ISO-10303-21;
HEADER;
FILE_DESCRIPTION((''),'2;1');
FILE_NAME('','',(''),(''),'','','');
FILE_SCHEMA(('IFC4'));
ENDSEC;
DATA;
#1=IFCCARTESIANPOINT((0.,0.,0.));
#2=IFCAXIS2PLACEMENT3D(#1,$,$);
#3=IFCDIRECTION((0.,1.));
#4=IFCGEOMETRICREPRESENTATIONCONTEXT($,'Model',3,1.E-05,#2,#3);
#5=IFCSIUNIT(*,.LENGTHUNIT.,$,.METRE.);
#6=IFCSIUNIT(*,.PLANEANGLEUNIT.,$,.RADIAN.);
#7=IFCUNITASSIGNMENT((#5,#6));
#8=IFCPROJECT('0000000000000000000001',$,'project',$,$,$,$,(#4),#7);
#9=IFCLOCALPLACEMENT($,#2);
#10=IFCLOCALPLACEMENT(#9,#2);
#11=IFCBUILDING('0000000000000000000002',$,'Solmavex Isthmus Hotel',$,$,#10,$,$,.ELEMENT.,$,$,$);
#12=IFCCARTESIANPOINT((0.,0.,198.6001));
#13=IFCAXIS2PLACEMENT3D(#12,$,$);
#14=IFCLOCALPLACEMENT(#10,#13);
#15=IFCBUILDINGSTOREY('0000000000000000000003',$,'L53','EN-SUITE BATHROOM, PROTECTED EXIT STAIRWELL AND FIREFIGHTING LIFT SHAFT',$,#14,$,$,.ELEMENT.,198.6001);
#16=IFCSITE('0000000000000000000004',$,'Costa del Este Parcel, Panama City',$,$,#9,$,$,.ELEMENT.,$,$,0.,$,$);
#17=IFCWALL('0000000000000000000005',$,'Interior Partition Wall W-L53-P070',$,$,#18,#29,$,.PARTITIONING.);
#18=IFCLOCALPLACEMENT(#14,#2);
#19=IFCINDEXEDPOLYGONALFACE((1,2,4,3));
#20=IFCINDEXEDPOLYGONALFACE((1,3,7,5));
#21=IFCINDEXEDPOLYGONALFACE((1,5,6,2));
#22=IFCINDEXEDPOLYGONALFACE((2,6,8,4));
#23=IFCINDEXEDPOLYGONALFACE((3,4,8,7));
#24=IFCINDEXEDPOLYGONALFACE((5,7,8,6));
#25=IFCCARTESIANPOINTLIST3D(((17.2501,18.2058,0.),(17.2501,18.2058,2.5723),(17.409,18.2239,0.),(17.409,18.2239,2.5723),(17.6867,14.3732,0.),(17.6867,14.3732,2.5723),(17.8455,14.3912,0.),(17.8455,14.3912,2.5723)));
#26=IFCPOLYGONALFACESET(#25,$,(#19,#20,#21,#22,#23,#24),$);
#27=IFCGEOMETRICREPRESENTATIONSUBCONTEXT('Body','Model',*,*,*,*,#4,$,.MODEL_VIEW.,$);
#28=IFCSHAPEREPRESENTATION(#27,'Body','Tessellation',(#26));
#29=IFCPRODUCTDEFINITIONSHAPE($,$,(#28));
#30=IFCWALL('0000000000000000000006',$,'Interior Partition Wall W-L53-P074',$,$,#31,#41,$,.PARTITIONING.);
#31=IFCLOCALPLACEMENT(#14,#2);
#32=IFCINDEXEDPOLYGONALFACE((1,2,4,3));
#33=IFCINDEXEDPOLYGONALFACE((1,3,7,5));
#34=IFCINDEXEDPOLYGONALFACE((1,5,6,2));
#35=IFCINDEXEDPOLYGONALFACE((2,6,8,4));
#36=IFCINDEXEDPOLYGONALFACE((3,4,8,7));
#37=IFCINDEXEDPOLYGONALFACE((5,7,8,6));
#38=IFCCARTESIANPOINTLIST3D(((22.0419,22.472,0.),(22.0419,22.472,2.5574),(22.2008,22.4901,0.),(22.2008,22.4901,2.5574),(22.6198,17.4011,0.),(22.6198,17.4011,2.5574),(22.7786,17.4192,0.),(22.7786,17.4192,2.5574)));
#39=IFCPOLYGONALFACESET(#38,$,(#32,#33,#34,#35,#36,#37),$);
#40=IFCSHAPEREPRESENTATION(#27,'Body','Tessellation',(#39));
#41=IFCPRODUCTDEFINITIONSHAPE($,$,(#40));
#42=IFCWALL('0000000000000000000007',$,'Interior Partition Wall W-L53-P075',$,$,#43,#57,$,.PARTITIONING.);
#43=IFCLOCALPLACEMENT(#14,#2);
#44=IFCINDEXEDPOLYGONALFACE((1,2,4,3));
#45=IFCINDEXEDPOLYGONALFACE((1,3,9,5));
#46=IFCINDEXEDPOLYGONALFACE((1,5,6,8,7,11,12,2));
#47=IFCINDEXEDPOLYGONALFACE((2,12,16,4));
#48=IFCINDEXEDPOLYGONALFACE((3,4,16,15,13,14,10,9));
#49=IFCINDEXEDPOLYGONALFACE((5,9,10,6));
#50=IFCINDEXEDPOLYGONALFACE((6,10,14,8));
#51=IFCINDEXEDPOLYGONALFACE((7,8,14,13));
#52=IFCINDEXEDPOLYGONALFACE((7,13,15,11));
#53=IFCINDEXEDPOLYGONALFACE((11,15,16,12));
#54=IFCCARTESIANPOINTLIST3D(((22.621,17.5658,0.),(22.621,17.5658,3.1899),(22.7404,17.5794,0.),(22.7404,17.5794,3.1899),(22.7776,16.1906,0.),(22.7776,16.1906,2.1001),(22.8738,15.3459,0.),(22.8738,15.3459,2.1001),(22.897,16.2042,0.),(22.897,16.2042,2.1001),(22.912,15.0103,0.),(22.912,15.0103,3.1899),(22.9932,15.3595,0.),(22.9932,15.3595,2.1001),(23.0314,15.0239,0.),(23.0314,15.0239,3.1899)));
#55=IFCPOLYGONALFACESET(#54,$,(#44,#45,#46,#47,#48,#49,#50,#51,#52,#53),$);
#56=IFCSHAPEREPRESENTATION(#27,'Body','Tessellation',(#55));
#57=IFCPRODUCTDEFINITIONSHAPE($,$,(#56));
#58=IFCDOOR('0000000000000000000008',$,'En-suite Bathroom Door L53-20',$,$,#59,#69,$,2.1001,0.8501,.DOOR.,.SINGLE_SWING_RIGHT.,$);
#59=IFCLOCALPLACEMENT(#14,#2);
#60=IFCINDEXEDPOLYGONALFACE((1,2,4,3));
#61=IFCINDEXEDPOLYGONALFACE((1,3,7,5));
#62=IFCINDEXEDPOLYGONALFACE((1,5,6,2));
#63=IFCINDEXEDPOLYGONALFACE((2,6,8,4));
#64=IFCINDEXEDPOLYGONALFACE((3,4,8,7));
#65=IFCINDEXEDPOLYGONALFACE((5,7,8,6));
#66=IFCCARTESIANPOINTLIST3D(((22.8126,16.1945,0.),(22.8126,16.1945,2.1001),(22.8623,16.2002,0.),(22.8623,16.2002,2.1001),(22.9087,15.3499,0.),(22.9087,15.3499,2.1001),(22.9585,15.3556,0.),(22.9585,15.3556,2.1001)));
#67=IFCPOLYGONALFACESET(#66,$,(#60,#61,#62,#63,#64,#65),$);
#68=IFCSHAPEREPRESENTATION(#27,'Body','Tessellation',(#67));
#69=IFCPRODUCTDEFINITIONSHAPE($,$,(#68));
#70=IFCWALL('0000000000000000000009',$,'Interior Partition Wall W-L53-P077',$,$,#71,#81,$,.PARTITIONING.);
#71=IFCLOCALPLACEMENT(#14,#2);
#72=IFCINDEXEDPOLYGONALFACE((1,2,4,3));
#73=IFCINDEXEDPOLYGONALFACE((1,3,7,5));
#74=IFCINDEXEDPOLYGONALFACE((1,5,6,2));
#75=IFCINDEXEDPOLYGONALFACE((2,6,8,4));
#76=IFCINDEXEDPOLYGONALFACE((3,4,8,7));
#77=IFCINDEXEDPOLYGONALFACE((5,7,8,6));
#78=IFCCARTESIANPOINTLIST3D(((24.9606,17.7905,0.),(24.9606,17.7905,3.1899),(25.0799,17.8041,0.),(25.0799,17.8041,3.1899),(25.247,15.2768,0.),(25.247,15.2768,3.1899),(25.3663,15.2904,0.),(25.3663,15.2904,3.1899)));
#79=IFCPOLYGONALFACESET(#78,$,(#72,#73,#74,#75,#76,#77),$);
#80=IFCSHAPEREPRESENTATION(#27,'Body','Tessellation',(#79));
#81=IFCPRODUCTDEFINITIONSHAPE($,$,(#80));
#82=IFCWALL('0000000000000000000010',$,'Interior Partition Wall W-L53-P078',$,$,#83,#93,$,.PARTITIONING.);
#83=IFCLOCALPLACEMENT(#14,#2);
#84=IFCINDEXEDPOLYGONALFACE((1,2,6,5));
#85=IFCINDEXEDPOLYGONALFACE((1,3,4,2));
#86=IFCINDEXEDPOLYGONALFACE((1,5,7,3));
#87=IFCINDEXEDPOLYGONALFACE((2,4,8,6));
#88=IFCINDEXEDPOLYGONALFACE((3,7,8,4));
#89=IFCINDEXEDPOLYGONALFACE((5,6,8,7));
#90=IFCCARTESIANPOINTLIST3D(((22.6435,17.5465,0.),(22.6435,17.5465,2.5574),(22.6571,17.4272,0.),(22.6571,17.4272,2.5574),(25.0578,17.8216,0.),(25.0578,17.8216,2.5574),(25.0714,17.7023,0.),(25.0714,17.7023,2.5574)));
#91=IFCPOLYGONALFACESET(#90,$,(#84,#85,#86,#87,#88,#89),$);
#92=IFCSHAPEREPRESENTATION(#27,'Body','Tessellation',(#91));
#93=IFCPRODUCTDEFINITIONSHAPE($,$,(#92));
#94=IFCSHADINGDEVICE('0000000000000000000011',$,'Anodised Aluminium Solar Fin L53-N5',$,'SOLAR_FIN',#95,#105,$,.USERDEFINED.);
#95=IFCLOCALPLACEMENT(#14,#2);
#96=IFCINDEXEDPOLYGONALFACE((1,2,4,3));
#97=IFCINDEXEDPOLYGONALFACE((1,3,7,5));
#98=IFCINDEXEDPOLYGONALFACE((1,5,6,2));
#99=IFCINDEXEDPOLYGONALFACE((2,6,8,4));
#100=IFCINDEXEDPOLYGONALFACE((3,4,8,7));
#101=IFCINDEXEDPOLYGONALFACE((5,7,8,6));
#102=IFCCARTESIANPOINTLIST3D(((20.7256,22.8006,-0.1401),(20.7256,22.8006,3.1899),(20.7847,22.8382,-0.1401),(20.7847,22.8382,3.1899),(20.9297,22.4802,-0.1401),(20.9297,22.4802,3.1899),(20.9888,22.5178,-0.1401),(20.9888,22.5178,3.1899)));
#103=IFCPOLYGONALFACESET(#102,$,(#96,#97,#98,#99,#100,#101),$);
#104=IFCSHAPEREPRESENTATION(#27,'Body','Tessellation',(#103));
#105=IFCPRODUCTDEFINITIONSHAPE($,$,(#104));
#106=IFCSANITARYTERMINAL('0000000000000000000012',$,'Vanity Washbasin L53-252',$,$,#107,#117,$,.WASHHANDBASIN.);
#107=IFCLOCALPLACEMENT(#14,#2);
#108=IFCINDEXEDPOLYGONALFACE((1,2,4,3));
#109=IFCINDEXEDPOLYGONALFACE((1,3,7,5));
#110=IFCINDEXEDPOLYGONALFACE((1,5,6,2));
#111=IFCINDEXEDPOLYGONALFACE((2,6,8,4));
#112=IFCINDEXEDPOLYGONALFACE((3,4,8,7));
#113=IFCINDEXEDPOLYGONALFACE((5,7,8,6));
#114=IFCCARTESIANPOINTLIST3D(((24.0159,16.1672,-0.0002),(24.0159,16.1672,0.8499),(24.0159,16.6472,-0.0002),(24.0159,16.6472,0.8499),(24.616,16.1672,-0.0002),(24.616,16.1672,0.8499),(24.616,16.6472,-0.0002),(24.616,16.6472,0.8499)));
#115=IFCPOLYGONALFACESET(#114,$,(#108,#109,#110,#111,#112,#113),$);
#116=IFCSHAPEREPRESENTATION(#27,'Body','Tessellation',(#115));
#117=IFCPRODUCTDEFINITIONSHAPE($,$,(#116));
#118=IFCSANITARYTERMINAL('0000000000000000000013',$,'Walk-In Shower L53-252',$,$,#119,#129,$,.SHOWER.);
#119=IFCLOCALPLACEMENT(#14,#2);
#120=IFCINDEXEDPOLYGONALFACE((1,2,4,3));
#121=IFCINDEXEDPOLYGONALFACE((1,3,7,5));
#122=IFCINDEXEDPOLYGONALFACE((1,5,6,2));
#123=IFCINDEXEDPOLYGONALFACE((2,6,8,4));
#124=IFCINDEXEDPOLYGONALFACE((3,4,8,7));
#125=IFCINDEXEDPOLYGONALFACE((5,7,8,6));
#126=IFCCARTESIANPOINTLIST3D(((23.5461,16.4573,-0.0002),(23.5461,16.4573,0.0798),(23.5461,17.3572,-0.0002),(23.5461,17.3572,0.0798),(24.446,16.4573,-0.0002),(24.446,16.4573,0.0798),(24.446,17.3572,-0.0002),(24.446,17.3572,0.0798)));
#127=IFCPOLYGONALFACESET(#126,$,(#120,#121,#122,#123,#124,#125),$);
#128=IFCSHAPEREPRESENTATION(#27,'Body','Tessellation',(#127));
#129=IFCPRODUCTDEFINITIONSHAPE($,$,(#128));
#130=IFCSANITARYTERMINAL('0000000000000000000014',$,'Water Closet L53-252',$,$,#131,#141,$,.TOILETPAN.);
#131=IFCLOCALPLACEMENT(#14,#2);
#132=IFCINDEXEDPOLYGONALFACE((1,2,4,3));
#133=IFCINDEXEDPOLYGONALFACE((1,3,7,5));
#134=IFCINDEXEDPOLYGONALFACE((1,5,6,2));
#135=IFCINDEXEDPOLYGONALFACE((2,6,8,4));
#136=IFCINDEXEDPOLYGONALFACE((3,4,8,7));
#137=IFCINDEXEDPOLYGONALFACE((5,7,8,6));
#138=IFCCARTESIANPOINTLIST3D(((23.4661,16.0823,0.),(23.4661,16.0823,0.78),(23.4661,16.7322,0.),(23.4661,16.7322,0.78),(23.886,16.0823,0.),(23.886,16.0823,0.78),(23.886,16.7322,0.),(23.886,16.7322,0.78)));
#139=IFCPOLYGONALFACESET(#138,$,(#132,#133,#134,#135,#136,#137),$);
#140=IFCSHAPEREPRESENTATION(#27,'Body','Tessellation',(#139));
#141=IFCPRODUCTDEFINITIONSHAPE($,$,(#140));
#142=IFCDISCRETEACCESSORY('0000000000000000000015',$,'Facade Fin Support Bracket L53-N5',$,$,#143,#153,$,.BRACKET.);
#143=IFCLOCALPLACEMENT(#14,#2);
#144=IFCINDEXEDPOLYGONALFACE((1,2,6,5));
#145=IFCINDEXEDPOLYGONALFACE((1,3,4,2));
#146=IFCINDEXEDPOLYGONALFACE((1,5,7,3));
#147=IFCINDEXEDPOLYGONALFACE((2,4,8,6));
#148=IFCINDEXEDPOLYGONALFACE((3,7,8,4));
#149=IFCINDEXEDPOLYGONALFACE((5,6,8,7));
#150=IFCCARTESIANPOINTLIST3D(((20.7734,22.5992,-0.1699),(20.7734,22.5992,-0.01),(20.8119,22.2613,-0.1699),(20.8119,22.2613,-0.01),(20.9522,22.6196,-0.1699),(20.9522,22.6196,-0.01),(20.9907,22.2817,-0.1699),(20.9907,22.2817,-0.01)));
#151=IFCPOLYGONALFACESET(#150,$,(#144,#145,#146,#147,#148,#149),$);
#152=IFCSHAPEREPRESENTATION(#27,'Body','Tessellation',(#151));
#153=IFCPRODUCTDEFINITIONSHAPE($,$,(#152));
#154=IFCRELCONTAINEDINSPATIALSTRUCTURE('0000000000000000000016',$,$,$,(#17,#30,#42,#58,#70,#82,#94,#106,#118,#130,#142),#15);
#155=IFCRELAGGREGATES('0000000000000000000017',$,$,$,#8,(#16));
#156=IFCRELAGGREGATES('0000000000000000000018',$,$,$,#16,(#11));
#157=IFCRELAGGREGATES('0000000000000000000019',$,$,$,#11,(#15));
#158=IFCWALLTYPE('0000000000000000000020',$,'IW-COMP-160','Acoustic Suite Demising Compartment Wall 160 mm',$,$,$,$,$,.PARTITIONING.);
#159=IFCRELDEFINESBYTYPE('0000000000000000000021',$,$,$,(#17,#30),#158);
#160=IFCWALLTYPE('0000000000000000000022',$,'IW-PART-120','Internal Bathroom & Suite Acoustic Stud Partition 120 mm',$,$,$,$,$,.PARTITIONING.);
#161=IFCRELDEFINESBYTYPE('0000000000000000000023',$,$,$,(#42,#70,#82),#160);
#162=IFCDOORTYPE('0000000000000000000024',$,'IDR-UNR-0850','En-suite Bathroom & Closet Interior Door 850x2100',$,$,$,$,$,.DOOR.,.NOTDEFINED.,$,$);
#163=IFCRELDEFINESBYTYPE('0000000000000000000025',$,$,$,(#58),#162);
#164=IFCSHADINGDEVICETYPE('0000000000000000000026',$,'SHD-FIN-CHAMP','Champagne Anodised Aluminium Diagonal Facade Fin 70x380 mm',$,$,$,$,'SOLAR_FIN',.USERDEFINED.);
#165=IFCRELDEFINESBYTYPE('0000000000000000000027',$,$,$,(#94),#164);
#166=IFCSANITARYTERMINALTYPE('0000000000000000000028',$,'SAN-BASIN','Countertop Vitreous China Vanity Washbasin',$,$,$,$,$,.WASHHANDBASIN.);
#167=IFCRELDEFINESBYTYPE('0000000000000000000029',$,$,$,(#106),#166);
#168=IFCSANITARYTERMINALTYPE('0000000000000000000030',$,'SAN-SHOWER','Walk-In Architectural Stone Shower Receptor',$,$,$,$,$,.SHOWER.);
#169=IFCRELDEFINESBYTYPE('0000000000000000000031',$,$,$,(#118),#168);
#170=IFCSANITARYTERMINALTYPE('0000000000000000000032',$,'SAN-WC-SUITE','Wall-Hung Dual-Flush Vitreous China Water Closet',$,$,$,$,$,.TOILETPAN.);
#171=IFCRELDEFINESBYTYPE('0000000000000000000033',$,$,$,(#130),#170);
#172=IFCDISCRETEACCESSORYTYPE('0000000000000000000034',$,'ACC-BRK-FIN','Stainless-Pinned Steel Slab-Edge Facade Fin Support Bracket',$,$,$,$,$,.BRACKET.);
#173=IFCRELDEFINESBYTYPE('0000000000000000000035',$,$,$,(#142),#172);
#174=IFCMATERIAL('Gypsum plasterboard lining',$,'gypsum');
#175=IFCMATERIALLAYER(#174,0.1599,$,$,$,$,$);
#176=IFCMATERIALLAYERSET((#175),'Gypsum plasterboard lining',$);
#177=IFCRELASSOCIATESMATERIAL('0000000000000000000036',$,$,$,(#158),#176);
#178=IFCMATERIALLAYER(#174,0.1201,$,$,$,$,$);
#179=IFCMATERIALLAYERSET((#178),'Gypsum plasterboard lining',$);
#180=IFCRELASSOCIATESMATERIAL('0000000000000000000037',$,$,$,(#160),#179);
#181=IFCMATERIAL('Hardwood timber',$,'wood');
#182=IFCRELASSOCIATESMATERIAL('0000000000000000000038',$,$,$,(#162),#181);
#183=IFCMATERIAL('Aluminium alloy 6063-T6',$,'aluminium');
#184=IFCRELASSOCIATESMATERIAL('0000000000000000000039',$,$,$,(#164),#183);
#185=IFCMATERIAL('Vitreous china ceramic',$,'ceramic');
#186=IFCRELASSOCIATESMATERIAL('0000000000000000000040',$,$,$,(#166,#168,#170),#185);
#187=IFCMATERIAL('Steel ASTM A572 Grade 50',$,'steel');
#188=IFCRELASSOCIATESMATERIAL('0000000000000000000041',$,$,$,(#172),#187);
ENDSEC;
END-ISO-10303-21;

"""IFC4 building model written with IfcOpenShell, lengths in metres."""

from ifc_helpers import new_model, si_unit, direction, frame, frame_2d, origin, origin_2d, place, context, subcontext, project, spatial, rectangle, extrude, material, layer, layer_set, type_object, element, fill, save


model = new_model("IFC4")

# Units and contexts
model_context = context("Model", 3, precision=1e-05, world=origin(), true_north=direction((0.0, 1.0)))
body_context = subcontext(model_context, "Body", "Model", "MODEL_VIEW")
ifc_project = project(units=[si_unit("LENGTHUNIT", "METRE"), si_unit("PLANEANGLEUNIT", "RADIAN")], contexts=[model_context])

# Site, building, storey
site_placement = place(None, origin())
site = spatial("IfcSite", under=ifc_project, at=site_placement, Name="Costa del Este Parcel, Panama City", CompositionType="ELEMENT", RefElevation=0.0)
building_placement = place(site_placement, origin())
building = spatial("IfcBuilding", under=site, at=building_placement, Name="Solmavex Isthmus Hotel", CompositionType="ELEMENT")
storey_placement = place(building_placement, frame((0.0, 0.0, 198.6001)))
storey = spatial("IfcBuildingStorey", under=building, at=storey_placement, Name="L53", Description="EN-SUITE BATHROOM, PROTECTED EXIT STAIRWELL AND FIREFIGHTING LIFT SHAFT", CompositionType="ELEMENT", Elevation=198.6001)

# Shared definitions
ifc_material_1 = material(Name="Aluminium alloy 6063-T6", Category="aluminium")

# Walls
ifc_material_2 = material(Name="Gypsum plasterboard lining", Category="gypsum")
ifc_layer_1 = layer(ifc_material_2, 0.1599)
ifc_layer_set_1 = layer_set([ifc_layer_1], Name="Gypsum plasterboard lining")
wall_type_1 = type_object("IfcWallType", Name="IW-COMP-160", Description="Acoustic Suite Demising Compartment Wall 160 mm", PredefinedType="PARTITIONING", material=ifc_layer_set_1)
wall_1_placement = place(storey_placement, frame((17.3296, 18.2148, 0.0), z_axis=(0.0, 0.0, 1.0), x_axis=(0.113161, -0.993577, 0.0)))
element("IfcWall", 1, at=wall_1_placement, inside=storey, type_object=wall_type_1, Name="Interior Partition Wall W-L53-P070", PredefinedType="PARTITIONING", context=body_context, shape_type="SweptSolid", body=[
    extrude(rectangle(XDim=3.8574, YDim=0.1599, at=frame_2d((1.9287, 0.0))), origin(), (0.0, 0.0, 1.0), 2.5723),
])
wall_2_placement = place(storey_placement, frame((22.1213, 22.481, 0.0), z_axis=(0.0, 0.0, 1.0), x_axis=(0.113224, -0.993569, 0.0)))
element("IfcWall", 2, at=wall_2_placement, inside=storey, type_object=wall_type_1, Name="Interior Partition Wall W-L53-P074", PredefinedType="PARTITIONING", context=body_context, shape_type="SweptSolid", body=[
    extrude(rectangle(XDim=5.1038, YDim=0.1599, at=frame_2d((2.5518, 0.0))), origin(), (0.0, 0.0, 1.0), 2.5574),
])

# Wall, opening, door
ifc_layer_2 = layer(ifc_material_2, 0.1201)
ifc_layer_set_2 = layer_set([ifc_layer_2], Name="Gypsum plasterboard lining")
wall_type_2 = type_object("IfcWallType", Name="IW-PART-120", Description="Internal Bathroom & Suite Acoustic Stud Partition 120 mm", PredefinedType="PARTITIONING", material=ifc_layer_set_2)
wall_3_placement = place(storey_placement, frame((22.6807, 17.5728, 0.0), z_axis=(0.0, 0.0, 1.0), x_axis=(0.11315, -0.993578, 0.0)))
wall_3 = element("IfcWall", 3, at=wall_3_placement, inside=storey, type_object=wall_type_2, Name="Interior Partition Wall W-L53-P075", PredefinedType="PARTITIONING", context=body_context, shape_type="SweptSolid", body=[
    extrude(rectangle(XDim=2.572, YDim=0.1201, at=frame_2d((1.2861, 0.0))), origin(), (0.0, 0.0, 1.0), 3.1899),
])
opening_placement = place(wall_3_placement, frame((1.3843, 0.0, 0.0)))
opening = element("IfcOpeningElement", 4, at=opening_placement, cuts=wall_3, PredefinedType="OPENING", context=body_context, shape_type="SweptSolid", body=[
    extrude(rectangle(XDim=0.8501, YDim=2.1001, at=frame_2d((0.425, 1.05))), frame((0.0, 0.0701, 0.0), z_axis=(0.0, -1.0, 0.0), x_axis=(1.0, 0.0, 0.0)), (0.0, 0.0, 1.0), 0.1401),
])
ifc_material_3 = material(Name="Hardwood timber", Category="wood")
door_type = type_object("IfcDoorType", Name="IDR-UNR-0850", Description="En-suite Bathroom & Closet Interior Door 850x2100", OperationType="NOTDEFINED", PredefinedType="DOOR", material=ifc_material_3)
door_placement = place(opening_placement, frame((0.8501, 0.0, 0.0), z_axis=(0.0, 0.0, 1.0), x_axis=(-1.0, 0.0, 0.0)))
door = element("IfcDoor", 5, at=door_placement, inside=storey, type_object=door_type, Name="En-suite Bathroom Door L53-20", OperationType="SINGLE_SWING_RIGHT", OverallHeight=2.1001, OverallWidth=0.8501, PredefinedType="DOOR", context=body_context, shape_type="SweptSolid", body=[
    extrude(rectangle(XDim=0.8501, YDim=2.1001, at=frame_2d((0.425, 1.05))), frame((0.0, 0.0249, 0.0), z_axis=(0.0, -1.0, 0.0), x_axis=(1.0, 0.0, 0.0)), (0.0, 0.0, 1.0), 0.05),
])
fill(opening, door)

# Walls
wall_4_placement = place(storey_placement, frame((25.3066, 15.2834, 0.0), z_axis=(0.0, 0.0, 1.0), x_axis=(-0.113195, 0.993573, 0.0)))
element("IfcWall", 6, at=wall_4_placement, inside=storey, type_object=wall_type_2, Name="Interior Partition Wall W-L53-P077", PredefinedType="PARTITIONING", context=body_context, shape_type="SweptSolid", body=[
    extrude(rectangle(XDim=2.53, YDim=0.1201, at=frame_2d((1.2651, 0.0))), origin(), (0.0, 0.0, 1.0), 3.1899),
])
wall_5_placement = place(storey_placement, frame((25.0645, 17.762, 0.0), z_axis=(0.0, 0.0, 1.0), x_axis=(-0.993569, -0.113232, 0.0)))
element("IfcWall", 7, at=wall_5_placement, inside=storey, type_object=wall_type_2, Name="Interior Partition Wall W-L53-P078", PredefinedType="PARTITIONING", context=body_context, shape_type="SweptSolid", body=[
    extrude(rectangle(XDim=2.4299, YDim=0.1201, at=frame_2d((1.2148, 0.0))), origin(), (0.0, 0.0, 1.0), 2.5574),
])

# Shading device
shading_device_type = type_object("IfcShadingDeviceType", Name="SHD-FIN-CHAMP", Description="Champagne Anodised Aluminium Diagonal Facade Fin 70x380 mm", ElementType="SOLAR_FIN", PredefinedType="USERDEFINED", material=ifc_material_1)
shading_device_placement = place(storey_placement, frame((20.8572, 22.6592, -0.1401), z_axis=(0.0, 0.0, 1.0), x_axis=(-0.5373, 0.843391, 0.0)))
element("IfcShadingDevice", 8, at=shading_device_placement, inside=storey, type_object=shading_device_type, Name="Anodised Aluminium Solar Fin L53-N5", ObjectType="SOLAR_FIN", PredefinedType="USERDEFINED", context=body_context, shape_type="SweptSolid", body=[
    extrude(rectangle(XDim=0.3799, YDim=0.0701, at=origin_2d()), origin(), (0.0, 0.0, 1.0), 3.3301),
])

# Sanitary terminals
ifc_material_4 = material(Name="Vitreous china ceramic", Category="ceramic")
sanitary_terminal_type_1 = type_object("IfcSanitaryTerminalType", Name="SAN-BASIN", Description="Countertop Vitreous China Vanity Washbasin", PredefinedType="WASHHANDBASIN", material=ifc_material_4)
sanitary_terminal_1_placement = place(storey_placement, frame((24.3159, 16.4072, -0.0002), z_axis=(0.0, 0.0, 1.0), x_axis=(1.0, 0.0, 0.0)))
element("IfcSanitaryTerminal", 9, at=sanitary_terminal_1_placement, inside=storey, type_object=sanitary_terminal_type_1, Name="Vanity Washbasin L53-252", PredefinedType="WASHHANDBASIN", context=body_context, shape_type="SweptSolid", body=[
    extrude(rectangle(XDim=0.6001, YDim=0.48, at=origin_2d()), origin(), (0.0, 0.0, 1.0), 0.8501),
])
sanitary_terminal_type_2 = type_object("IfcSanitaryTerminalType", Name="SAN-SHOWER", Description="Walk-In Architectural Stone Shower Receptor", PredefinedType="SHOWER", material=ifc_material_4)
sanitary_terminal_2_placement = place(storey_placement, frame((23.9961, 16.9072, -0.0002), z_axis=(0.0, 0.0, 1.0), x_axis=(1.0, 0.0, 0.0)))
element("IfcSanitaryTerminal", 10, at=sanitary_terminal_2_placement, inside=storey, type_object=sanitary_terminal_type_2, Name="Walk-In Shower L53-252", PredefinedType="SHOWER", context=body_context, shape_type="SweptSolid", body=[
    extrude(rectangle(XDim=0.8999, YDim=0.8999, at=origin_2d()), origin(), (0.0, 0.0, 1.0), 0.0801),
])
sanitary_terminal_type_3 = type_object("IfcSanitaryTerminalType", Name="SAN-WC-SUITE", Description="Wall-Hung Dual-Flush Vitreous China Water Closet", PredefinedType="TOILETPAN", material=ifc_material_4)
sanitary_terminal_3_placement = place(storey_placement, frame((23.676, 16.4072, 0.0), z_axis=(0.0, 0.0, 1.0), x_axis=(1.0, 0.0, 0.0)))
element("IfcSanitaryTerminal", 11, at=sanitary_terminal_3_placement, inside=storey, type_object=sanitary_terminal_type_3, Name="Water Closet L53-252", PredefinedType="TOILETPAN", context=body_context, shape_type="SweptSolid", body=[
    extrude(rectangle(XDim=0.4199, YDim=0.6499, at=origin_2d()), origin(), (0.0, 0.0, 1.0), 0.78),
])

# Discrete accessory
ifc_material_5 = material(Name="Steel ASTM A572 Grade 50", Category="steel")
discrete_accessory_type = type_object("IfcDiscreteAccessoryType", Name="ACC-BRK-FIN", Description="Stainless-Pinned Steel Slab-Edge Facade Fin Support Bracket", PredefinedType="BRACKET", material=ifc_material_5)
discrete_accessory_placement = place(storey_placement, frame((20.8821, 22.4404, -0.1699), z_axis=(0.0, 0.0, 1.0), x_axis=(-0.113203, 0.993572, 0.0)))
element("IfcDiscreteAccessory", 12, at=discrete_accessory_placement, inside=storey, type_object=discrete_accessory_type, Name="Facade Fin Support Bracket L53-N5", PredefinedType="BRACKET", context=body_context, shape_type="SweptSolid", body=[
    extrude(rectangle(XDim=0.3401, YDim=0.1799, at=origin_2d()), origin(), (0.0, 0.0, 1.0), 0.1599),
])

save(model, "model.ifc")
